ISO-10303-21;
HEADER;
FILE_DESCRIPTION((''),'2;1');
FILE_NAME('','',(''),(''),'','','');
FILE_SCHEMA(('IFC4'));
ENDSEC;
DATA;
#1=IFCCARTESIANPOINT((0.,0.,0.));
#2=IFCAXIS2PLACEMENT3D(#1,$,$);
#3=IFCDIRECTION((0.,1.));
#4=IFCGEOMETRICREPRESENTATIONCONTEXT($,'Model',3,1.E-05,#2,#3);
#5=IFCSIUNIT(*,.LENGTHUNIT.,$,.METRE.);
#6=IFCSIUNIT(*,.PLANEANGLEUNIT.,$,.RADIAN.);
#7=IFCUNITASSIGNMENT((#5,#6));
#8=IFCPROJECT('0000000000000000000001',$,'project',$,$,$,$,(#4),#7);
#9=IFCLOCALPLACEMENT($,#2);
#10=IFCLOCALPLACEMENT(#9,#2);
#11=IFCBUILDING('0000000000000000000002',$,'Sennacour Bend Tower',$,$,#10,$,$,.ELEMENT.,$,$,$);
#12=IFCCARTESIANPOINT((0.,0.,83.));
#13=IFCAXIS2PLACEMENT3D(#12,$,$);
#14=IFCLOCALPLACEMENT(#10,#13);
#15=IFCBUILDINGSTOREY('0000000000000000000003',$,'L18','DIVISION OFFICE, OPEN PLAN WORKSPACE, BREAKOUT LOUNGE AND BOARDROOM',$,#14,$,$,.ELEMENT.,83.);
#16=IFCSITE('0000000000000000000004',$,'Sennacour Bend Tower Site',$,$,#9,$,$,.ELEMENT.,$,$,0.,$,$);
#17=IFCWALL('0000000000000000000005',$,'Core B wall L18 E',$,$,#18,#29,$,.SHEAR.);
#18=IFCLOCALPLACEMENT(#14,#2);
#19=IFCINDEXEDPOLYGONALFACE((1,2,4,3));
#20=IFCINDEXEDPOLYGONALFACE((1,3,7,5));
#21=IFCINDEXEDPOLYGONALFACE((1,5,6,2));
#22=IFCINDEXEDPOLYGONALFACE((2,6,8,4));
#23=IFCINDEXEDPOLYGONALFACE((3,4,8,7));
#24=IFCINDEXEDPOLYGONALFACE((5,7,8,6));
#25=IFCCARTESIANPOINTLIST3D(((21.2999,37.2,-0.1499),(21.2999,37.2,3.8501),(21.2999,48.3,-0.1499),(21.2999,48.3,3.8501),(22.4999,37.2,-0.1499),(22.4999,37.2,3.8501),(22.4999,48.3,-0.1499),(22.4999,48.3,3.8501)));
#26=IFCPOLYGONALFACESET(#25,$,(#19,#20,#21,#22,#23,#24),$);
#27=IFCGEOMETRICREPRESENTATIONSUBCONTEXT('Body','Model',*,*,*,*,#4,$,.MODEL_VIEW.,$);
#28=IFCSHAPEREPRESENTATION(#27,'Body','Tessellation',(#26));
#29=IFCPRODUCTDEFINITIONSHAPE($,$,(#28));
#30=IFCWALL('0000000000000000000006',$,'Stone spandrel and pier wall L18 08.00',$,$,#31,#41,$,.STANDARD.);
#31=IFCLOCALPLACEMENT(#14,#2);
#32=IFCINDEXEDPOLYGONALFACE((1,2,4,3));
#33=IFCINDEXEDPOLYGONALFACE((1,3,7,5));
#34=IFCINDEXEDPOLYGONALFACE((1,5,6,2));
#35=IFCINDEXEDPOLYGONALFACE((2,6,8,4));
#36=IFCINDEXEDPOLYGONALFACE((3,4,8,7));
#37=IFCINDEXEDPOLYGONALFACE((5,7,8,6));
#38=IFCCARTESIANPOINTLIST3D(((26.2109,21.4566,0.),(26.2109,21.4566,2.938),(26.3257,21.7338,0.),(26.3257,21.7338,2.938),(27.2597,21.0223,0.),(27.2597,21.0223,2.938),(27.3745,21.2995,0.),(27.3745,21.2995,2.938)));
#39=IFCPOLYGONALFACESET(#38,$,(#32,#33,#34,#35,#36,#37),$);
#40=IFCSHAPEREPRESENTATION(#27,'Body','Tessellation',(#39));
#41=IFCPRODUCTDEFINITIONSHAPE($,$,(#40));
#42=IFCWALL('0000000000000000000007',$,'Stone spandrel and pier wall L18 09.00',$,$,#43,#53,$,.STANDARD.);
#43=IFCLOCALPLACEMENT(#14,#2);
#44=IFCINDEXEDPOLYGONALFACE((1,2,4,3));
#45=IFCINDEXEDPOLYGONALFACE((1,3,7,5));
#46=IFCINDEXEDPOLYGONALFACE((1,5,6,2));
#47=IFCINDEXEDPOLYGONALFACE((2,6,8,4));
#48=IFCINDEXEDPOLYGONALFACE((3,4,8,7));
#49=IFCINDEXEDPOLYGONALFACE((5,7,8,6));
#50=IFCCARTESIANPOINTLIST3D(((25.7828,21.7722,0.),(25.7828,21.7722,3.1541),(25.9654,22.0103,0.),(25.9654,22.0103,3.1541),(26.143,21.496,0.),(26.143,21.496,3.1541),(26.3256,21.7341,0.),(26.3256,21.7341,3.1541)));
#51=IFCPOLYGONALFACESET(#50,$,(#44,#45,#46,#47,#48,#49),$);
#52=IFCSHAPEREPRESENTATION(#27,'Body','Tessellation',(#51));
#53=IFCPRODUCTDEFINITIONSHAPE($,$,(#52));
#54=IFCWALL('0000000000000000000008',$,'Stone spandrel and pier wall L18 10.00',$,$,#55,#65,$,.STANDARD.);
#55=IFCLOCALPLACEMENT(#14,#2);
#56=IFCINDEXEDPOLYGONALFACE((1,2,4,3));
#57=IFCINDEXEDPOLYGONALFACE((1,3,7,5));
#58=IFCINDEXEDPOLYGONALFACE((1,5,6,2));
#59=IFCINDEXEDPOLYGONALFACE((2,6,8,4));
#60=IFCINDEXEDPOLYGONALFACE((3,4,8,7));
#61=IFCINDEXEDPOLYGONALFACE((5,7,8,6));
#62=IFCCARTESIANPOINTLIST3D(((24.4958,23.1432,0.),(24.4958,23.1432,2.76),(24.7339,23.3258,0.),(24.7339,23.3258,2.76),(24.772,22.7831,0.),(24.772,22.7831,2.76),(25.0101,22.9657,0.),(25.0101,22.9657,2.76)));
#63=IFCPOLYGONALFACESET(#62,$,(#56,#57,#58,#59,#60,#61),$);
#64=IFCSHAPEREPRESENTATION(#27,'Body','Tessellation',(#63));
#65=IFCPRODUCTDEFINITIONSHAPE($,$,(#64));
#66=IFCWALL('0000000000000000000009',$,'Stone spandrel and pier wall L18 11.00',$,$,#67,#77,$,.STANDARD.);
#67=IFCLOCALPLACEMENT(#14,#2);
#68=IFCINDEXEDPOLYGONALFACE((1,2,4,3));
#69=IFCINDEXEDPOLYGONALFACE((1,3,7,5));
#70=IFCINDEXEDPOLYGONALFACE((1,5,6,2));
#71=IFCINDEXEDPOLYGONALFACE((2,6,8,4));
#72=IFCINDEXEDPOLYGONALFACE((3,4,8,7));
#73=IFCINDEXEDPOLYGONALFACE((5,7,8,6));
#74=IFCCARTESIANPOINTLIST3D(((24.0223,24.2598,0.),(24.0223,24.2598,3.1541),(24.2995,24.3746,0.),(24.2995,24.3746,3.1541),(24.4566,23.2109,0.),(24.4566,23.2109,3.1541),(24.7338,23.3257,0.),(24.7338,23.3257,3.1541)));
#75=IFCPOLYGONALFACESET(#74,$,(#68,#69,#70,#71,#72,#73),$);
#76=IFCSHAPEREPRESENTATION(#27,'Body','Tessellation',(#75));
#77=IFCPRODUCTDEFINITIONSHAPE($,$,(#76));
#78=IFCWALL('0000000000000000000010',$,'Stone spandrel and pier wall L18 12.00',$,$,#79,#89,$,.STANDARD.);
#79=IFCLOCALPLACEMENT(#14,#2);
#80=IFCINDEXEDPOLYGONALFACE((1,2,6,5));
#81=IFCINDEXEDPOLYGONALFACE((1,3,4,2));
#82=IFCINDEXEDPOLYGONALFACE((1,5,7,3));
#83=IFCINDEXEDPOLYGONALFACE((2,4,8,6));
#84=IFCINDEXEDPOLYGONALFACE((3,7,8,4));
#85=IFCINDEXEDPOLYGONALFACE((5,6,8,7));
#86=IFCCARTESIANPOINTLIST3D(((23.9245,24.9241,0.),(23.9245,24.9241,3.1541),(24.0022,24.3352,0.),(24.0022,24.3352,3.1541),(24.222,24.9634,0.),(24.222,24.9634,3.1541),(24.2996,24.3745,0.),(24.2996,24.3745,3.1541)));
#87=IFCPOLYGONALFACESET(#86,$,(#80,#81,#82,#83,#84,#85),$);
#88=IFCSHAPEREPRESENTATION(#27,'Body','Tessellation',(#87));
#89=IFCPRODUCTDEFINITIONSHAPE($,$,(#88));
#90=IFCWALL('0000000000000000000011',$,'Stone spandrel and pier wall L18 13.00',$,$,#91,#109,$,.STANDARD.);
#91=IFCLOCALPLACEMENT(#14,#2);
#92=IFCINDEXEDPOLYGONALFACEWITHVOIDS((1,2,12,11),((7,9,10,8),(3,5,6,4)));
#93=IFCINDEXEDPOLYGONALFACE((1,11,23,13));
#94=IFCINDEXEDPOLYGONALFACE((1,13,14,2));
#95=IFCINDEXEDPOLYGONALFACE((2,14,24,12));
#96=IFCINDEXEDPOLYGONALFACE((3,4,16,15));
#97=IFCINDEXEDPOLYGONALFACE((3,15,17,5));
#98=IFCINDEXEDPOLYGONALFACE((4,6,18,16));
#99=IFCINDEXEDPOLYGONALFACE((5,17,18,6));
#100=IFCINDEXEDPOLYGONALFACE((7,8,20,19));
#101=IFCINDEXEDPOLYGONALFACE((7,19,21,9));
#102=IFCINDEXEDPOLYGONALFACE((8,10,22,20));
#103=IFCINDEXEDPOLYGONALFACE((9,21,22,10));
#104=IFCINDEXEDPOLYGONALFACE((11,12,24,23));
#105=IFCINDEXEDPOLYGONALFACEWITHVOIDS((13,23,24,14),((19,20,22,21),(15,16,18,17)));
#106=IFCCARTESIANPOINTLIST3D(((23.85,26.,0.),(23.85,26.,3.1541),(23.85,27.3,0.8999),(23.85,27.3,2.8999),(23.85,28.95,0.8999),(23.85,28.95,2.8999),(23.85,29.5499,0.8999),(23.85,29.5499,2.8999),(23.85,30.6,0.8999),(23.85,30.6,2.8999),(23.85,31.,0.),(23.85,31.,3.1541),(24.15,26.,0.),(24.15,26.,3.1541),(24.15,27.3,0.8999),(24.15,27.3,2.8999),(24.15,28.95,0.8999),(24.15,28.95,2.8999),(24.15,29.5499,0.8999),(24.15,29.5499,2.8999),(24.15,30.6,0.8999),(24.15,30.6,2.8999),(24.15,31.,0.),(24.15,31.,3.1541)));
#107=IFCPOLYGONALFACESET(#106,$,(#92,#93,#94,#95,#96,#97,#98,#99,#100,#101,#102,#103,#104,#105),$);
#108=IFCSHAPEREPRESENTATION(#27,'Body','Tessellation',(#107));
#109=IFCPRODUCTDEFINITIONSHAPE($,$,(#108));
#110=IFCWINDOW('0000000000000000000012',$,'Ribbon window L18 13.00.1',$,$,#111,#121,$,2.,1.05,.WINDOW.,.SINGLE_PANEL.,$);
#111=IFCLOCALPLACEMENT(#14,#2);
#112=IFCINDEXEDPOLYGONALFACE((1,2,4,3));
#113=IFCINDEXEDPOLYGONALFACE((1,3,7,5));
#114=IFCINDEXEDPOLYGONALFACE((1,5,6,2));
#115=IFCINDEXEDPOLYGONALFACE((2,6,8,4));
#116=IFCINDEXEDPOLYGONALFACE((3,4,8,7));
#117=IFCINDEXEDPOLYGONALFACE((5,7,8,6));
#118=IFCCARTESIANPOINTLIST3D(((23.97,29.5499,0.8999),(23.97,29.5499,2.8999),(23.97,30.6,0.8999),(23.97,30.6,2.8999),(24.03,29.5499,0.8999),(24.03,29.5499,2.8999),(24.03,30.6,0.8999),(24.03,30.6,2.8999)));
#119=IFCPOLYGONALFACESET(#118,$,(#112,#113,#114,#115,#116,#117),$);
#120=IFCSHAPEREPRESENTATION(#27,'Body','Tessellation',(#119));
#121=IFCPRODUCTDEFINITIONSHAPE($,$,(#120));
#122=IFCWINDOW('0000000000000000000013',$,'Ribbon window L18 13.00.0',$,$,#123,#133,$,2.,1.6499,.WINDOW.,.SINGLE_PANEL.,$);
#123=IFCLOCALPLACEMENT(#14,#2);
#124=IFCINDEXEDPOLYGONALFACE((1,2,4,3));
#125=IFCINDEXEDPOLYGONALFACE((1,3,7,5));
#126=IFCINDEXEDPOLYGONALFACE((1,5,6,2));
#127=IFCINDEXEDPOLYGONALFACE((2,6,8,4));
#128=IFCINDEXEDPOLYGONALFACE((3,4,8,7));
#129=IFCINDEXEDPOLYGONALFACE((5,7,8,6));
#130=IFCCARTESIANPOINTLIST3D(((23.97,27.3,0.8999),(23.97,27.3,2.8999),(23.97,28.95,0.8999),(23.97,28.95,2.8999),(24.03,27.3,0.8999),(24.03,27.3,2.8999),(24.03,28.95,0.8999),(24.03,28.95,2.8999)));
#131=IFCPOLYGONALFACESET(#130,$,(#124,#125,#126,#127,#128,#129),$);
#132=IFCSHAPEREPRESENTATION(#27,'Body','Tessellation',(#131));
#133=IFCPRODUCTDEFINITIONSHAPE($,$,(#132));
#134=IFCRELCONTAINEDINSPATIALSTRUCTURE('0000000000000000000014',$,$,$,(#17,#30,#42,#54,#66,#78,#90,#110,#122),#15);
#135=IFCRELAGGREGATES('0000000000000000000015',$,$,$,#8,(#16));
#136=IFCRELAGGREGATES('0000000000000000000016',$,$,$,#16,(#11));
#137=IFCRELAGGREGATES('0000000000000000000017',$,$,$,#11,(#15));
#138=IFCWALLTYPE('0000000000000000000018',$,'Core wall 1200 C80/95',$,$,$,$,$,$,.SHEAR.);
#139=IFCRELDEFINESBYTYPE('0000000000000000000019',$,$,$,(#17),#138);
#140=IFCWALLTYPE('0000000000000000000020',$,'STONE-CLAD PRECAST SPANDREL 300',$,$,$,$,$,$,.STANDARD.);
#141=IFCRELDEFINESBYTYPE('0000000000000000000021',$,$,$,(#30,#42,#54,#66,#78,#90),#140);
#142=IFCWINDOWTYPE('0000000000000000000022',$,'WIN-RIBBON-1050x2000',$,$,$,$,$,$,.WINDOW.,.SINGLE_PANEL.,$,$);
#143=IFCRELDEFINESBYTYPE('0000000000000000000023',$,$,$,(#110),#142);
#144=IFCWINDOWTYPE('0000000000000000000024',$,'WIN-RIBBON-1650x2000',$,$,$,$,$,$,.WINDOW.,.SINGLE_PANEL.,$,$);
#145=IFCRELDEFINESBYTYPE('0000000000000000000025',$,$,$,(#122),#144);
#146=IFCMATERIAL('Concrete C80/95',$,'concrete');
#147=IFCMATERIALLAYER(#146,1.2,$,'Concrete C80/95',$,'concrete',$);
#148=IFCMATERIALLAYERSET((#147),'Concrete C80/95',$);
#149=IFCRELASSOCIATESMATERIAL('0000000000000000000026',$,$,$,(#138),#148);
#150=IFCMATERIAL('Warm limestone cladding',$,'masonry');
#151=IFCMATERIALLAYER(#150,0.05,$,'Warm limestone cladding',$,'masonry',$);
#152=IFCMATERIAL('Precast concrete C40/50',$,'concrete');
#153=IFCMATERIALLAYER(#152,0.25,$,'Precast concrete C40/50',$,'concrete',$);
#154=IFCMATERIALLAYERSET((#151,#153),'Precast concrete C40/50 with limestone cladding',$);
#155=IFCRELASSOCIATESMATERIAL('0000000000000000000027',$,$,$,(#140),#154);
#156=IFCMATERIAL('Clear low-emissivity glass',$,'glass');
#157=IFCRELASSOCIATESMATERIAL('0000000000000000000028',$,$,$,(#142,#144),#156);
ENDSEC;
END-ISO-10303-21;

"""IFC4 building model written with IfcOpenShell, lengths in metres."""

from ifc_helpers import new_model, si_unit, direction, frame, frame_2d, origin, place, context, subcontext, project, spatial, rectangle, extrude, material, layer, layer_set, type_object, element, fill, save


model = new_model("IFC4")

# Units and contexts
model_context = context("Model", 3, precision=1e-05, world=origin(), true_north=direction((0.0, 1.0)))
body_context = subcontext(model_context, "Body", "Model", "MODEL_VIEW")
ifc_project = project(units=[si_unit("LENGTHUNIT", "METRE"), si_unit("PLANEANGLEUNIT", "RADIAN")], contexts=[model_context])

# Site, building, storey
site_placement = place(None, origin())
site = spatial("IfcSite", under=ifc_project, at=site_placement, Name="Sennacour Bend Tower Site", CompositionType="ELEMENT", RefElevation=0.0)
building_placement = place(site_placement, origin())
building = spatial("IfcBuilding", under=site, at=building_placement, Name="Sennacour Bend Tower", CompositionType="ELEMENT")
storey_placement = place(building_placement, frame((0.0, 0.0, 83.0)))
storey = spatial("IfcBuildingStorey", under=building, at=storey_placement, Name="L18", Description="DIVISION OFFICE, OPEN PLAN WORKSPACE, BREAKOUT LOUNGE AND BOARDROOM", CompositionType="ELEMENT", Elevation=83.0)

# Walls
ifc_material_1 = material(Name="Concrete C80/95", Category="concrete")
ifc_layer_1 = layer(ifc_material_1, 1.2, Name="Concrete C80/95", Category="concrete")
ifc_layer_set_1 = layer_set([ifc_layer_1], Name="Concrete C80/95")
wall_type_1 = type_object("IfcWallType", Name="Core wall 1200 C80/95", PredefinedType="SHEAR", material=ifc_layer_set_1)
wall_1_placement = place(storey_placement, frame((21.8999, 37.2, -0.1499), z_axis=(0.0, 0.0, 1.0), x_axis=(0.0, 1.0, 0.0)))
element("IfcWall", 1, at=wall_1_placement, inside=storey, type_object=wall_type_1, Name="Core B wall L18 E", PredefinedType="SHEAR", context=body_context, shape_type="SweptSolid", body=[
    extrude(rectangle(XDim=11.1001, YDim=1.2, at=frame_2d((5.55, 0.0))), origin(), (0.0, 0.0, 1.0), 4.0),
])
ifc_material_2 = material(Name="Warm limestone cladding", Category="masonry")
ifc_layer_2 = layer(ifc_material_2, 0.05, Name="Warm limestone cladding", Category="masonry")
ifc_material_3 = material(Name="Precast concrete C40/50", Category="concrete")
ifc_layer_3 = layer(ifc_material_3, 0.25, Name="Precast concrete C40/50", Category="concrete")
ifc_layer_set_2 = layer_set([ifc_layer_2, ifc_layer_3], Name="Precast concrete C40/50 with limestone cladding")
wall_type_2 = type_object("IfcWallType", Name="STONE-CLAD PRECAST SPANDREL 300", PredefinedType="STANDARD", material=ifc_layer_set_2)
wall_2_placement = place(storey_placement, frame((27.3171, 21.1609, 0.0), z_axis=(0.0, 0.0, 1.0), x_axis=(-0.923915, 0.382599, 0.0)))
element("IfcWall", 2, at=wall_2_placement, inside=storey, type_object=wall_type_2, Name="Stone spandrel and pier wall L18 08.00", PredefinedType="STANDARD", context=body_context, shape_type="SweptSolid", body=[
    extrude(rectangle(XDim=1.1353, YDim=0.3, at=frame_2d((0.5676, 0.0))), origin(), (0.0, 0.0, 1.0), 2.938),
])
wall_3_placement = place(storey_placement, frame((26.2344, 21.615, 0.0), z_axis=(0.0, 0.0, 1.0), x_axis=(-0.793563, 0.608488, 0.0)))
element("IfcWall", 3, at=wall_3_placement, inside=storey, type_object=wall_type_2, Name="Stone spandrel and pier wall L18 09.00", PredefinedType="STANDARD", context=body_context, shape_type="SweptSolid", body=[
    extrude(rectangle(XDim=0.4539, YDim=0.3, at=frame_2d((0.2271, 0.0))), origin(), (0.0, 0.0, 1.0), 3.1541),
])
wall_4_placement = place(storey_placement, frame((24.8911, 22.8743, 0.0), z_axis=(0.0, 0.0, 1.0), x_axis=(-0.608488, 0.793563, 0.0)))
element("IfcWall", 4, at=wall_4_placement, inside=storey, type_object=wall_type_2, Name="Stone spandrel and pier wall L18 10.00", PredefinedType="STANDARD", context=body_context, shape_type="SweptSolid", body=[
    extrude(rectangle(XDim=0.4539, YDim=0.3, at=frame_2d((0.2271, 0.0))), origin(), (0.0, 0.0, 1.0), 2.76),
])
wall_5_placement = place(storey_placement, frame((24.5952, 23.2683, 0.0), z_axis=(0.0, 0.0, 1.0), x_axis=(-0.382599, 0.923915, 0.0)))
element("IfcWall", 5, at=wall_5_placement, inside=storey, type_object=wall_type_2, Name="Stone spandrel and pier wall L18 11.00", PredefinedType="STANDARD", context=body_context, shape_type="SweptSolid", body=[
    extrude(rectangle(XDim=1.1353, YDim=0.3, at=frame_2d((0.5676, 0.0))), origin(), (0.0, 0.0, 1.0), 3.1541),
])
wall_6_placement = place(storey_placement, frame((24.1509, 24.355, 0.0), z_axis=(0.0, 0.0, 1.0), x_axis=(-0.13071, 0.991421, 0.0)))
element("IfcWall", 6, at=wall_6_placement, inside=storey, type_object=wall_type_2, Name="Stone spandrel and pier wall L18 12.00", PredefinedType="STANDARD", context=body_context, shape_type="SweptSolid", body=[
    extrude(rectangle(XDim=0.594, YDim=0.3, at=frame_2d((0.2969, 0.0))), origin(), (0.0, 0.0, 1.0), 3.1541),
])

# Wall, openings, windows
wall_7_placement = place(storey_placement, frame((24.0, 26.0, 0.0), z_axis=(0.0, 0.0, 1.0), x_axis=(0.0, 1.0, 0.0)))
wall_7 = element("IfcWall", 7, at=wall_7_placement, inside=storey, type_object=wall_type_2, Name="Stone spandrel and pier wall L18 13.00", PredefinedType="STANDARD", context=body_context, shape_type="SweptSolid", body=[
    extrude(rectangle(XDim=5.0, YDim=0.3, at=frame_2d((2.5, 0.0))), origin(), (0.0, 0.0, 1.0), 3.1541),
])
opening_1_placement = place(wall_7_placement, frame((1.3, 0.0, 0.8999)))
opening_1 = element("IfcOpeningElement", 8, at=opening_1_placement, cuts=wall_7, PredefinedType="OPENING", context=body_context, shape_type="SweptSolid", body=[
    extrude(rectangle(XDim=1.6499, YDim=2.0, at=frame_2d((0.825, 1.0))), frame((0.0, 0.1602, 0.0), z_axis=(0.0, -1.0, 0.0), x_axis=(1.0, 0.0, 0.0)), (0.0, 0.0, 1.0), 0.3201),
])
opening_2_placement = place(wall_7_placement, frame((3.55, 0.0, 0.8999)))
opening_2 = element("IfcOpeningElement", 9, at=opening_2_placement, cuts=wall_7, PredefinedType="OPENING", context=body_context, shape_type="SweptSolid", body=[
    extrude(rectangle(XDim=1.05, YDim=2.0, at=frame_2d((0.5249, 1.0))), frame((0.0, 0.1602, 0.0), z_axis=(0.0, -1.0, 0.0), x_axis=(1.0, 0.0, 0.0)), (0.0, 0.0, 1.0), 0.3201),
])
ifc_material_4 = material(Name="Clear low-emissivity glass", Category="glass")
window_type_1 = type_object("IfcWindowType", Name="WIN-RIBBON-1050x2000", PartitioningType="SINGLE_PANEL", PredefinedType="WINDOW", material=ifc_material_4)
window_1_placement = place(opening_2_placement, origin())
window_1 = element("IfcWindow", 10, at=window_1_placement, inside=storey, type_object=window_type_1, Name="Ribbon window L18 13.00.1", OverallHeight=2.0, OverallWidth=1.05, PartitioningType="SINGLE_PANEL", PredefinedType="WINDOW", context=body_context, shape_type="SweptSolid", body=[
    extrude(rectangle(XDim=1.05, YDim=2.0, at=frame_2d((0.5249, 1.0))), frame((0.0, 0.03, 0.0), z_axis=(0.0, -1.0, 0.0), x_axis=(1.0, 0.0, 0.0)), (0.0, 0.0, 1.0), 0.0601),
])
fill(opening_2, window_1)
window_type_2 = type_object("IfcWindowType", Name="WIN-RIBBON-1650x2000", PartitioningType="SINGLE_PANEL", PredefinedType="WINDOW", material=ifc_material_4)
window_2_placement = place(opening_1_placement, origin())
window_2 = element("IfcWindow", 11, at=window_2_placement, inside=storey, type_object=window_type_2, Name="Ribbon window L18 13.00.0", OverallHeight=2.0, OverallWidth=1.6499, PartitioningType="SINGLE_PANEL", PredefinedType="WINDOW", context=body_context, shape_type="SweptSolid", body=[
    extrude(rectangle(XDim=1.6499, YDim=2.0, at=frame_2d((0.825, 1.0))), frame((0.0, 0.03, 0.0), z_axis=(0.0, -1.0, 0.0), x_axis=(1.0, 0.0, 0.0)), (0.0, 0.0, 1.0), 0.0601),
])
fill(opening_1, window_2)

save(model, "model.ifc")
